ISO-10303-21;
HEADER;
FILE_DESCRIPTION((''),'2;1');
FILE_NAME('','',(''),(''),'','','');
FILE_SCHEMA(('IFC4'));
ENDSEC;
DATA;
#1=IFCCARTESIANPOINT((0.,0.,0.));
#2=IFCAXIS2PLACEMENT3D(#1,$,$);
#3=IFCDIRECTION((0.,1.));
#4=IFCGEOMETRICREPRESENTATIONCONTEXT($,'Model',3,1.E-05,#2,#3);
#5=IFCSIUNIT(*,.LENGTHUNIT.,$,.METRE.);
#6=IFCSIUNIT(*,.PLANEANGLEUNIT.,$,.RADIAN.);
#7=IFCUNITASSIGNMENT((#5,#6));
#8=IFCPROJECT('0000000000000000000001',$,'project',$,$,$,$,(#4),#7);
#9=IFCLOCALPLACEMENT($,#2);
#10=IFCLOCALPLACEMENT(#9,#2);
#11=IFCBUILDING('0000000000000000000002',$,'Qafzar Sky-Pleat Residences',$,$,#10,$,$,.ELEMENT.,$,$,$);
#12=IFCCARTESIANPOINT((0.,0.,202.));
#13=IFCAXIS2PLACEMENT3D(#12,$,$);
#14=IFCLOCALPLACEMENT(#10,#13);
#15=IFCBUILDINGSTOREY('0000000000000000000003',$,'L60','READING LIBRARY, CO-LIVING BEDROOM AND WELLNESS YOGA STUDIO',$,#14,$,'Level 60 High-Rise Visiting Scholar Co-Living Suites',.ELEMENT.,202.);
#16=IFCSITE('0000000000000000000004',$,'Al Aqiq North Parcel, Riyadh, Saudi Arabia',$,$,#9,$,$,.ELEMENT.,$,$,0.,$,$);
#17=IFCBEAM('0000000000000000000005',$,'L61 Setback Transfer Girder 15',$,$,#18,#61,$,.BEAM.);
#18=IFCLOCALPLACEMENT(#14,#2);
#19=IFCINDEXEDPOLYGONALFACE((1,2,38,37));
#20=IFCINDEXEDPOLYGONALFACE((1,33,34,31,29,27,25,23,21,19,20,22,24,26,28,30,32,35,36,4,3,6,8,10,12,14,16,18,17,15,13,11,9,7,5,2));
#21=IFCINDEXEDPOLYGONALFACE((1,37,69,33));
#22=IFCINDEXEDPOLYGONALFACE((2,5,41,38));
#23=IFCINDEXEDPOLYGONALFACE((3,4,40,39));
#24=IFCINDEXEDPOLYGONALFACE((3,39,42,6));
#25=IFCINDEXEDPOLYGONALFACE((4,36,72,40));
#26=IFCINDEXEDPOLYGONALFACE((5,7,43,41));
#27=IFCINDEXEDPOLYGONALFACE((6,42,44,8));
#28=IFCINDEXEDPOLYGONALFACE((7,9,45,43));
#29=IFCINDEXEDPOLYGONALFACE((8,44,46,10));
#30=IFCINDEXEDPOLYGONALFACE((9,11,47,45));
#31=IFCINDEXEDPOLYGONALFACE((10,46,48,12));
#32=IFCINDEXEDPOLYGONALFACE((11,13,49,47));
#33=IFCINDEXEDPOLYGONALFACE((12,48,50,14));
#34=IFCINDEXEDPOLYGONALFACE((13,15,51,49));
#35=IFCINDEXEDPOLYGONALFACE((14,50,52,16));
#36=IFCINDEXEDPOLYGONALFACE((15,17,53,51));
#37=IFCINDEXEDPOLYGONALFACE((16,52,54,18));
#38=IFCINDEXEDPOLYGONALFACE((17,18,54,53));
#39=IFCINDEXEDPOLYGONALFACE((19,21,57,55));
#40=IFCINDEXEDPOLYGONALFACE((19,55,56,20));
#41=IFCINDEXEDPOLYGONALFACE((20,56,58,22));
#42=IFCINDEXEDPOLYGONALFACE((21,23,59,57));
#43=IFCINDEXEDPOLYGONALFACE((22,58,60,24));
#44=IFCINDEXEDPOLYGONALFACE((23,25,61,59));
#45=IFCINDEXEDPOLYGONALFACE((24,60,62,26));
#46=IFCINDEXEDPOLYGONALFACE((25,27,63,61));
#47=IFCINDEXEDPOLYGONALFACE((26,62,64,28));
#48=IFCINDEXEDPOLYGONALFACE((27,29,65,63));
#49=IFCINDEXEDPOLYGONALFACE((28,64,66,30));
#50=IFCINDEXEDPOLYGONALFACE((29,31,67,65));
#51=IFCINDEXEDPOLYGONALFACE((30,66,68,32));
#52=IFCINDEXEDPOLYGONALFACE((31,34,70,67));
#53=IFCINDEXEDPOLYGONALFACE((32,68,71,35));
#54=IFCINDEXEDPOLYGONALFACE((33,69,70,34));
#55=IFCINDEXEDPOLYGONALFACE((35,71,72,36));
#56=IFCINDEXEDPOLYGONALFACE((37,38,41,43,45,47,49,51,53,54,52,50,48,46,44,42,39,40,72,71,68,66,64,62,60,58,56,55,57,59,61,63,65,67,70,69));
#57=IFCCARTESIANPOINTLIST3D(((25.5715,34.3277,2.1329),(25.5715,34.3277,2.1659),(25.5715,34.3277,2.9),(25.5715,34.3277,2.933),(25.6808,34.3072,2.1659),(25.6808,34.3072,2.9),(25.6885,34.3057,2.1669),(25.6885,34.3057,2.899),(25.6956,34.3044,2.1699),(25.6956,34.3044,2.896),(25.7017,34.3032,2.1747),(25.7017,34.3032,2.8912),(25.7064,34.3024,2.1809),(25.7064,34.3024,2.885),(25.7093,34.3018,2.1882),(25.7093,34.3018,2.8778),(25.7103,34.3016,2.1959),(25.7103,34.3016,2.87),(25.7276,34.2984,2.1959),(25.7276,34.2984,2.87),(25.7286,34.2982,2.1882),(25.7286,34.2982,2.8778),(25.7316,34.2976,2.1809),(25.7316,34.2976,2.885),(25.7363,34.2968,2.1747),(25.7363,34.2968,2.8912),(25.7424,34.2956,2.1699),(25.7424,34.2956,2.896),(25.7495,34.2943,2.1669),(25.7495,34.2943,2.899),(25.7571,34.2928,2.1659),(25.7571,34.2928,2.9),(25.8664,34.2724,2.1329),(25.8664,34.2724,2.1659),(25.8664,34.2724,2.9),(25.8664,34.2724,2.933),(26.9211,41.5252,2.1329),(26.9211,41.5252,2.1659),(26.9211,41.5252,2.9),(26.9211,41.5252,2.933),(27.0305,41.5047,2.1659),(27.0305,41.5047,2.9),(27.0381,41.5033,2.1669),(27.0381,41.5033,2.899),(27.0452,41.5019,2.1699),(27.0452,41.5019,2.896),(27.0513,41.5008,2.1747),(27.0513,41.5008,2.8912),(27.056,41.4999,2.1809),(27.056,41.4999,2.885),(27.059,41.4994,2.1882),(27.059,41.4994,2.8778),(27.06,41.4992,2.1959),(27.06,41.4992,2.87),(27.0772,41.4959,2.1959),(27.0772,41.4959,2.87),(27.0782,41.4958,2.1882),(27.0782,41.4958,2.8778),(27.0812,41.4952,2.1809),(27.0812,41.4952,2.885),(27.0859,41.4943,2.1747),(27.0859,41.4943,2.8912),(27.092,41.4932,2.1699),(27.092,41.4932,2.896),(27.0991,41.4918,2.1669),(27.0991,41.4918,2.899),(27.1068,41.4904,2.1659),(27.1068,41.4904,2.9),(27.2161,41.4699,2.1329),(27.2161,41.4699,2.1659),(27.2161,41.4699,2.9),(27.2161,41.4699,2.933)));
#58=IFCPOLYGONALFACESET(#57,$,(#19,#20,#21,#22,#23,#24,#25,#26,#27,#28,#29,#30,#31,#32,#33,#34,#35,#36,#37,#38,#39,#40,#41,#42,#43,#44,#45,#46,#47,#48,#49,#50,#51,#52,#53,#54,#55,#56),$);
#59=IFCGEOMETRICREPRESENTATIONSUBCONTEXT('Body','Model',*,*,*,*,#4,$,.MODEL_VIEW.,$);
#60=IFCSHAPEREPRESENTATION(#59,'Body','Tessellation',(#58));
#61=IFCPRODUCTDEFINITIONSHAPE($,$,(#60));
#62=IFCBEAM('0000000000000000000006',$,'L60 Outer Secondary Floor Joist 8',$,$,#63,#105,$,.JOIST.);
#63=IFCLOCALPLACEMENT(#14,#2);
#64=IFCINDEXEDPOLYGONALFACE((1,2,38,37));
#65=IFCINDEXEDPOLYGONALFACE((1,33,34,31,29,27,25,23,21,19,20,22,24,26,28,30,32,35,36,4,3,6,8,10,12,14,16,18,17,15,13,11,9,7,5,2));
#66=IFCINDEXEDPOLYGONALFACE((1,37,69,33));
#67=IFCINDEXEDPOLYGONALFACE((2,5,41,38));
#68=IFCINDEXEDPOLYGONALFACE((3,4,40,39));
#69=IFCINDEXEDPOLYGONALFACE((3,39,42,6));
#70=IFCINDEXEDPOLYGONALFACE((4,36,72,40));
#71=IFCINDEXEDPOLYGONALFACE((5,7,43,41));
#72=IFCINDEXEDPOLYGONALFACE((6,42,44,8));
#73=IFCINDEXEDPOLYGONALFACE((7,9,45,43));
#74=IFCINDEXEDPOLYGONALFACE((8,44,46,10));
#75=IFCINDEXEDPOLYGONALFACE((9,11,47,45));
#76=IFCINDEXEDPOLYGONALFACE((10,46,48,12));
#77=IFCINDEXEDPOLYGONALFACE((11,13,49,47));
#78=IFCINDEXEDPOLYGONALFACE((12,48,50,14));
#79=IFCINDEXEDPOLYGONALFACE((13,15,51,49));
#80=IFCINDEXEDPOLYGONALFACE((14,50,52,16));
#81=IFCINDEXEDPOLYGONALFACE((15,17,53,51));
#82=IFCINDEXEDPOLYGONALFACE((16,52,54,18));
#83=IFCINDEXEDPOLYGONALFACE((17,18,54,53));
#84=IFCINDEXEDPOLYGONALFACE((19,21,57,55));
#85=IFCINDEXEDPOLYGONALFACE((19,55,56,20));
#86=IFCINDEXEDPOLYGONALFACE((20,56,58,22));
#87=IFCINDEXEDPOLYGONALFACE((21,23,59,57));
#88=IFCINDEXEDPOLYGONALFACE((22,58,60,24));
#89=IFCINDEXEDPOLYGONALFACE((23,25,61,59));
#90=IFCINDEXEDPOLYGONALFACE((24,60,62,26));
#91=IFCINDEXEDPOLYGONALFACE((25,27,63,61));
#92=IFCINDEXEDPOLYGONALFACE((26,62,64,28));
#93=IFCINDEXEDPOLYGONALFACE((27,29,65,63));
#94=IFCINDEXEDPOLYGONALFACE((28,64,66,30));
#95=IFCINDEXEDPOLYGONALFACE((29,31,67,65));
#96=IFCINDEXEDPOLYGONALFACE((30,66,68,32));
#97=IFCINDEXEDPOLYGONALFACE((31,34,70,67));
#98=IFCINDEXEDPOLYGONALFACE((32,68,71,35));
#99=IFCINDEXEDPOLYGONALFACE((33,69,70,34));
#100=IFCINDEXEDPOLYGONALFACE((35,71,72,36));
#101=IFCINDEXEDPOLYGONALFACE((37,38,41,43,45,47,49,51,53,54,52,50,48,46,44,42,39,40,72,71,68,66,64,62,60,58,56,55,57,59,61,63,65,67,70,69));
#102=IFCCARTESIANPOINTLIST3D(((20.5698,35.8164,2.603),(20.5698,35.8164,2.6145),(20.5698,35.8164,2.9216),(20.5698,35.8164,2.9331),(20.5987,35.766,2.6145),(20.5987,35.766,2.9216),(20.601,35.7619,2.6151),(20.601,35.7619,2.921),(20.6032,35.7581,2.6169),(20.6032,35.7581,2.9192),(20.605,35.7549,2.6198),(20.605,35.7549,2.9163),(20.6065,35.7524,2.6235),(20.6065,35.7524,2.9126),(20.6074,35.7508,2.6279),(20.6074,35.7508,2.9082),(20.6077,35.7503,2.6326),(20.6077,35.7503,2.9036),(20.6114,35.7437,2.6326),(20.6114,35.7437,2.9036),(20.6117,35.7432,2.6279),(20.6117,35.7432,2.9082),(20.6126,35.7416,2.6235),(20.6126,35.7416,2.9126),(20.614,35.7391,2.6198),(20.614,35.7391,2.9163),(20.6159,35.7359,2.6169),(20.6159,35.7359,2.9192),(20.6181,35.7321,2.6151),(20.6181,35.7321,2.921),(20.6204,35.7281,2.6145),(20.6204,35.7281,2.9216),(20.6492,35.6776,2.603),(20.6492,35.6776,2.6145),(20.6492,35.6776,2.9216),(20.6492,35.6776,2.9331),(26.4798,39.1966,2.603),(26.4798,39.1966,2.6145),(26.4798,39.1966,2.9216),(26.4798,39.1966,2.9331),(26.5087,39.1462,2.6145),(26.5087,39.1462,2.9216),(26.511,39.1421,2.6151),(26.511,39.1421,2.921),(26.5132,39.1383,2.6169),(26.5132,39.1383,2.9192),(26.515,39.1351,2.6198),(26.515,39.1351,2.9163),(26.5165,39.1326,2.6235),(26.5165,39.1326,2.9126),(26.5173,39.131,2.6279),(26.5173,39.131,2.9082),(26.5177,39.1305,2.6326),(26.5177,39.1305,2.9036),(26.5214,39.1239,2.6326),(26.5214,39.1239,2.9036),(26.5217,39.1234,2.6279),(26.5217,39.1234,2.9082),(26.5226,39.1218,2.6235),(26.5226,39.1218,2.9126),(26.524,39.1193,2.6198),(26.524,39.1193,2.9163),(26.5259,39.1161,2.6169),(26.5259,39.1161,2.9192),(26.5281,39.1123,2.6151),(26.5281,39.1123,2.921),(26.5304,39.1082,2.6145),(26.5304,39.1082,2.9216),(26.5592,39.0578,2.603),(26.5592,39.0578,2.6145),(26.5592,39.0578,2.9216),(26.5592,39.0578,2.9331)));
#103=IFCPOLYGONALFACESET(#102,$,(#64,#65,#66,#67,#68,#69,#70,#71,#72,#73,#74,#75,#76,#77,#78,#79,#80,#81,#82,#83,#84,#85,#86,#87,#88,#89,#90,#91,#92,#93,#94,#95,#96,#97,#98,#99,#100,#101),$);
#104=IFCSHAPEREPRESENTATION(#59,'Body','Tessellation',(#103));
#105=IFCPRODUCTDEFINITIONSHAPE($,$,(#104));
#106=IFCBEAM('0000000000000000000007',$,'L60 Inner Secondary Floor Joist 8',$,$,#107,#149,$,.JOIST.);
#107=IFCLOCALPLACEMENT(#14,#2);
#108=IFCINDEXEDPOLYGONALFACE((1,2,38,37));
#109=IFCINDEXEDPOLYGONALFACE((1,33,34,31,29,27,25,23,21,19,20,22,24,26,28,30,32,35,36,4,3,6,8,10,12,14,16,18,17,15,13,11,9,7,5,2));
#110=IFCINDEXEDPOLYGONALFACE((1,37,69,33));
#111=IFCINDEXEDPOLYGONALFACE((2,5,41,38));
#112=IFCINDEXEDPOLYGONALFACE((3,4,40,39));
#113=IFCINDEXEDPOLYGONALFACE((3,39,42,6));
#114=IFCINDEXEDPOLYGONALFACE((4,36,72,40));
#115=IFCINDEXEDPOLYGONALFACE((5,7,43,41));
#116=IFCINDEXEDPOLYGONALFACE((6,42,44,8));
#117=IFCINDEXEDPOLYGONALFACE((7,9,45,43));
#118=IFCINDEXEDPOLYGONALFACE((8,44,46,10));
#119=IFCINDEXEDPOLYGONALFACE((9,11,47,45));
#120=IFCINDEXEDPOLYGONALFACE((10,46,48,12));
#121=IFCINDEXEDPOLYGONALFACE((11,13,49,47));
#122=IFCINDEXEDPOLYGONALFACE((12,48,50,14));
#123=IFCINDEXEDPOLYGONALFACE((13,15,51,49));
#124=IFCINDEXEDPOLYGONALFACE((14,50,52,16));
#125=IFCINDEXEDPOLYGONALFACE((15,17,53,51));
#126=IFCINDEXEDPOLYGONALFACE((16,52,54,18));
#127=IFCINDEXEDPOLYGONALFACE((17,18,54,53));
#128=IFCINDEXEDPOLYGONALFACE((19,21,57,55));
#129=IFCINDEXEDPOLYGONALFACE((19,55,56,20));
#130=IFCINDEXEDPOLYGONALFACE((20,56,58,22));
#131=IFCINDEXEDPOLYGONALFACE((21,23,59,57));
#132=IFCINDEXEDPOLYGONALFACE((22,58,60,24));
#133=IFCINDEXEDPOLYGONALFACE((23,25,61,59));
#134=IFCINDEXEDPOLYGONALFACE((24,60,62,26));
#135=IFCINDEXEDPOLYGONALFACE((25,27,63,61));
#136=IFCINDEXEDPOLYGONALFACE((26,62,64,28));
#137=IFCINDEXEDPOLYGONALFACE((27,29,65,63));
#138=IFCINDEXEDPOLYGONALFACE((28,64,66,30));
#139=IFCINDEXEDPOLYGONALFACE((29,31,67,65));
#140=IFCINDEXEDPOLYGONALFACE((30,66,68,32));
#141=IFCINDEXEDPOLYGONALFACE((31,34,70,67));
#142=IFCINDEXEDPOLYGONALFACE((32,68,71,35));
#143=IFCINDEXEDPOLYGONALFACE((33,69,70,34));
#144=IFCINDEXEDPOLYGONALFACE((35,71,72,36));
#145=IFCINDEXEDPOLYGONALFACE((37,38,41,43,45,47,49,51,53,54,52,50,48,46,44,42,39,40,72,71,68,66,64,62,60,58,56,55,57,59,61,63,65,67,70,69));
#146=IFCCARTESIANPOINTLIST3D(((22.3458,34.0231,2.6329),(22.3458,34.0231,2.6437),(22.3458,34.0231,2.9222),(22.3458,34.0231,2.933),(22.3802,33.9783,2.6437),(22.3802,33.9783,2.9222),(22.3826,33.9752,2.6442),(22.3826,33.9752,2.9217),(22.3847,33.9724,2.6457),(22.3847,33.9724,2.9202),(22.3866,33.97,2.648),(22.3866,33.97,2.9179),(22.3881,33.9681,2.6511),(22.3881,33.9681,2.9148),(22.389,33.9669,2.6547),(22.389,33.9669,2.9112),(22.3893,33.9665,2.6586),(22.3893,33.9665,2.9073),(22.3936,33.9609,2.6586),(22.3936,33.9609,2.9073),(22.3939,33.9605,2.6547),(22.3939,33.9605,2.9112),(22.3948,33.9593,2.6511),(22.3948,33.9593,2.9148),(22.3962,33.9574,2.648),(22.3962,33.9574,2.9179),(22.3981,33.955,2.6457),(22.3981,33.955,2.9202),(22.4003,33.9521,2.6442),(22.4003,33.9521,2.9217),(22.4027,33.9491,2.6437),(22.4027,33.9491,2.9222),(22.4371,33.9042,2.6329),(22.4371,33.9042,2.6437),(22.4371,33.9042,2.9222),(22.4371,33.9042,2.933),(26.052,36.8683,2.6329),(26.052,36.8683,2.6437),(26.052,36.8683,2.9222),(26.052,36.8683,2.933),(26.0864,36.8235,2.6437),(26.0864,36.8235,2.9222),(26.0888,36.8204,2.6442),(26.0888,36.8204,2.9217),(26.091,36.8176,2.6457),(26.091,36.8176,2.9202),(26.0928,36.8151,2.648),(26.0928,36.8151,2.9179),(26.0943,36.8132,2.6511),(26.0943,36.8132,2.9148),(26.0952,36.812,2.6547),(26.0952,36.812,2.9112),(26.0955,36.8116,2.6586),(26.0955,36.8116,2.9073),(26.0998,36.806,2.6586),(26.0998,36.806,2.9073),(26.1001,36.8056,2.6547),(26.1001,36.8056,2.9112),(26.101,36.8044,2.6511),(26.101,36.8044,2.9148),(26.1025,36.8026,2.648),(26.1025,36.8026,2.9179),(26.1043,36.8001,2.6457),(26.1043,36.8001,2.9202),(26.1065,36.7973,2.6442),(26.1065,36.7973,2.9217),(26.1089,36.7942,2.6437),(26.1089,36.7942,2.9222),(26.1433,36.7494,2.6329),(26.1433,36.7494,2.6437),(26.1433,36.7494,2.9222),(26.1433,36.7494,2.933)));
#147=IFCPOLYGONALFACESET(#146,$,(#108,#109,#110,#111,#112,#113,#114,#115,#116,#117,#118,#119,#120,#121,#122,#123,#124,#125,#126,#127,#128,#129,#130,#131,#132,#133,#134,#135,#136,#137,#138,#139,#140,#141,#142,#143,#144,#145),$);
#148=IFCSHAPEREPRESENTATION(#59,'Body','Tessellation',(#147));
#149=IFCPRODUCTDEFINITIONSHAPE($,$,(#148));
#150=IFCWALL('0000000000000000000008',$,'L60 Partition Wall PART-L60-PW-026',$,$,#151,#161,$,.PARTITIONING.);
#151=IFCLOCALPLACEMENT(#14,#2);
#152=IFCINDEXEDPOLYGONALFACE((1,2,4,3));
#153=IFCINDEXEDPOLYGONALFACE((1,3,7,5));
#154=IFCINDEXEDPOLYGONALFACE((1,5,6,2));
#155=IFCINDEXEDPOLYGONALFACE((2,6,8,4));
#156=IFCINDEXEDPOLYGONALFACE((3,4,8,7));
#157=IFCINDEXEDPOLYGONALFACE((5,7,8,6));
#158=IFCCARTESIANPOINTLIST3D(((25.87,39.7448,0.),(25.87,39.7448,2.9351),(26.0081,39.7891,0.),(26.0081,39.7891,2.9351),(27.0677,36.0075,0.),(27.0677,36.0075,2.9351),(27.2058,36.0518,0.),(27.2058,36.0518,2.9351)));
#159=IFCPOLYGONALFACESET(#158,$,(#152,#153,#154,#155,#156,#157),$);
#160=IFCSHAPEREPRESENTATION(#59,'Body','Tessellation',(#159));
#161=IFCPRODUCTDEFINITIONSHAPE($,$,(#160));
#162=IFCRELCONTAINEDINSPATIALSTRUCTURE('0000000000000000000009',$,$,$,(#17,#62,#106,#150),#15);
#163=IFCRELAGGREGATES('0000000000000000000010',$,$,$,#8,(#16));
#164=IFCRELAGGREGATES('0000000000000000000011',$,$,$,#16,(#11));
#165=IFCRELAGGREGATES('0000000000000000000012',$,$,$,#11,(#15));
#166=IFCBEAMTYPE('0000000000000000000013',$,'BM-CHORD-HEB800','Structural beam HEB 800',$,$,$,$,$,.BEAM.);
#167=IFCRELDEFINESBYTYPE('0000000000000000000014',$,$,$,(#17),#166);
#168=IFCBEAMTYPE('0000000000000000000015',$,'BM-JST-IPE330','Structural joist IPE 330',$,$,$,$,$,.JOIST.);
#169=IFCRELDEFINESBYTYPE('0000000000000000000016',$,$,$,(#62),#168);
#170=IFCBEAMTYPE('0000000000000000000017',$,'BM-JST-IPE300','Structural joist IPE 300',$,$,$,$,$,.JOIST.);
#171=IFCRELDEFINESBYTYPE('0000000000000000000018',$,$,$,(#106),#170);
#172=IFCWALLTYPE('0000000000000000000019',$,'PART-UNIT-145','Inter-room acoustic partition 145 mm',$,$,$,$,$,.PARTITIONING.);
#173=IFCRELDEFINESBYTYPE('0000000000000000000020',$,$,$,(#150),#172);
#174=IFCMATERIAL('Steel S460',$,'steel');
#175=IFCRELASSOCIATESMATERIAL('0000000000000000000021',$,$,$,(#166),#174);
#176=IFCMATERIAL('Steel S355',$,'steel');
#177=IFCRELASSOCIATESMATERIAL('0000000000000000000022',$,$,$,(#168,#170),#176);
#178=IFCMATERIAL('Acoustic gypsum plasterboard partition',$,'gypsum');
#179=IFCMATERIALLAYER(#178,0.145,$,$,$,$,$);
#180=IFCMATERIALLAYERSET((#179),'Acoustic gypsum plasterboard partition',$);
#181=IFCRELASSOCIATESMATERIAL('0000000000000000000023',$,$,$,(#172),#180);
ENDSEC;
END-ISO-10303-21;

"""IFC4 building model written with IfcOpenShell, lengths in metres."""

from ifc_helpers import new_model, si_unit, direction, frame, frame_2d, origin, origin_2d, place, context, subcontext, project, spatial, rectangle, i_section, extrude, source, transform, mapped, material, layer, layer_set, material_profile, profile_set, type_object, element, save


model = new_model("IFC4")

# Units and contexts
model_context = context("Model", 3, precision=1e-05, world=origin(), true_north=direction((0.0, 1.0)))
body_context = subcontext(model_context, "Body", "Model", "MODEL_VIEW")
ifc_project = project(units=[si_unit("LENGTHUNIT", "METRE"), si_unit("PLANEANGLEUNIT", "RADIAN")], contexts=[model_context])

# Site, building, storey
site_placement = place(None, origin())
site = spatial("IfcSite", under=ifc_project, at=site_placement, Name="Al Aqiq North Parcel, Riyadh, Saudi Arabia", CompositionType="ELEMENT", RefElevation=0.0)
building_placement = place(site_placement, origin())
building = spatial("IfcBuilding", under=site, at=building_placement, Name="Qafzar Sky-Pleat Residences", CompositionType="ELEMENT")
storey_placement = place(building_placement, frame((0.0, 0.0, 202.0)))
storey = spatial("IfcBuildingStorey", under=building, at=storey_placement, Name="L60", Description="READING LIBRARY, CO-LIVING BEDROOM AND WELLNESS YOGA STUDIO", LongName="Level 60 High-Rise Visiting Scholar Co-Living Suites", CompositionType="ELEMENT", Elevation=202.0)

# Shared definitions
ifc_material_1 = material(Name="Steel S355", Category="steel")

# Beams
ifc_material_2 = material(Name="Steel S460", Category="steel")
ifc_material_profile_1 = material_profile(ifc_material_2, i_section(OverallWidth=0.3, OverallDepth=0.8, WebThickness=0.0176, FlangeThickness=0.033, FilletRadius=0.03, at=origin_2d()), Name="HEB 800")
ifc_profile_set_1 = profile_set([ifc_material_profile_1], Name="Steel S460")
beam_type_1 = type_object("IfcBeamType", Name="BM-CHORD-HEB800", Description="Structural beam HEB 800", PredefinedType="BEAM", material=ifc_profile_set_1)
shared_shape_1 = source(origin(), body_context, "Body", "SweptSolid", [
    extrude(i_section(OverallWidth=0.3, OverallDepth=0.8, WebThickness=0.0176, FlangeThickness=0.033, FilletRadius=0.03, at=origin_2d()), origin(), (0.0, 0.0, 1.0), 7.323),
])
beam_1_placement = place(storey_placement, frame((27.0686, 41.4976, 2.533), z_axis=(-0.184299, -0.98287, 0.0), x_axis=(0.98287, -0.184299, 0.0)))
element("IfcBeam", 1, at=beam_1_placement, inside=storey, type_object=beam_type_1, Name="L61 Setback Transfer Girder 15", PredefinedType="BEAM", context=body_context, shape_type="MappedRepresentation", body=[
    mapped(shared_shape_1, transform((0.0, 0.0, 0.0), x_axis=(1.0, 0.0, 0.0), y_axis=(0.0, 1.0, 0.0), z_axis=(0.0, 0.0, 1.0), scale=1.0)),
])
ifc_material_profile_2 = material_profile(ifc_material_1, i_section(OverallWidth=0.1599, OverallDepth=0.3301, WebThickness=0.0076, FlangeThickness=0.0115, FilletRadius=0.0181, at=origin_2d()), Name="IPE 330")
ifc_profile_set_2 = profile_set([ifc_material_profile_2], Name="Steel S355")
beam_type_2 = type_object("IfcBeamType", Name="BM-JST-IPE330", Description="Structural joist IPE 330", PredefinedType="JOIST", material=ifc_profile_set_2)
shared_shape_2 = source(origin(), body_context, "Body", "SweptSolid", [
    extrude(i_section(OverallWidth=0.1599, OverallDepth=0.3301, WebThickness=0.0076, FlangeThickness=0.0115, FilletRadius=0.0181, at=origin_2d()), origin(), (0.0, 0.0, 1.0), 6.8083),
])
beam_2_placement = place(storey_placement, frame((26.5195, 39.1272, 2.7681), z_axis=(-0.868051, -0.496475, 0.0), x_axis=(0.496475, -0.868051, 0.0)))
element("IfcBeam", 2, at=beam_2_placement, inside=storey, type_object=beam_type_2, Name="L60 Outer Secondary Floor Joist 8", PredefinedType="JOIST", context=body_context, shape_type="MappedRepresentation", body=[
    mapped(shared_shape_2, transform((0.0, 0.0, 0.0), x_axis=(1.0, 0.0, 0.0), y_axis=(0.0, 1.0, 0.0), z_axis=(0.0, 0.0, 1.0), scale=1.0)),
])
ifc_material_profile_3 = material_profile(ifc_material_1, i_section(OverallWidth=0.1499, OverallDepth=0.3, WebThickness=0.0071, FlangeThickness=0.0107, FilletRadius=0.0149, at=origin_2d()), Name="IPE 300")
ifc_profile_set_3 = profile_set([ifc_material_profile_3], Name="Steel S355")
beam_type_3 = type_object("IfcBeamType", Name="BM-JST-IPE300", Description="Structural joist IPE 300", PredefinedType="JOIST", material=ifc_profile_set_3)
shared_shape_3 = source(origin(), body_context, "Body", "SweptSolid", [
    extrude(i_section(OverallWidth=0.1499, OverallDepth=0.3, WebThickness=0.0071, FlangeThickness=0.0107, FilletRadius=0.0149, at=origin_2d()), origin(), (0.0, 0.0, 1.0), 4.6724),
])
beam_3_placement = place(storey_placement, frame((26.0977, 36.8088, 2.783), z_axis=(-0.793222, -0.608933, 0.0), x_axis=(0.608933, -0.793222, 0.0)))
element("IfcBeam", 3, at=beam_3_placement, inside=storey, type_object=beam_type_3, Name="L60 Inner Secondary Floor Joist 8", PredefinedType="JOIST", context=body_context, shape_type="MappedRepresentation", body=[
    mapped(shared_shape_3, transform((0.0, 0.0, 0.0), x_axis=(1.0, 0.0, 0.0), y_axis=(0.0, 1.0, 0.0), z_axis=(0.0, 0.0, 1.0), scale=1.0)),
])

# Wall
ifc_material_3 = material(Name="Acoustic gypsum plasterboard partition", Category="gypsum")
ifc_layer_1 = layer(ifc_material_3, 0.145)
ifc_layer_set_1 = layer_set([ifc_layer_1], Name="Acoustic gypsum plasterboard partition")
wall_type_1 = type_object("IfcWallType", Name="PART-UNIT-145", Description="Inter-room acoustic partition 145 mm", PredefinedType="PARTITIONING", material=ifc_layer_set_1)
wall_1_placement = place(storey_placement, frame((25.939, 39.7671, 0.0), z_axis=(0.0, 0.0, 1.0), x_axis=(0.305196, -0.95229, 0.0)))
element("IfcWall", 4, at=wall_1_placement, inside=storey, type_object=wall_type_1, Name="L60 Partition Wall PART-L60-PW-026", PredefinedType="PARTITIONING", context=body_context, shape_type="SweptSolid", body=[
    extrude(rectangle(XDim=3.9246, YDim=0.145, at=frame_2d((1.9624, 0.0))), origin(), (0.0, 0.0, 1.0), 2.9351),
])

save(model, "model.ifc")
